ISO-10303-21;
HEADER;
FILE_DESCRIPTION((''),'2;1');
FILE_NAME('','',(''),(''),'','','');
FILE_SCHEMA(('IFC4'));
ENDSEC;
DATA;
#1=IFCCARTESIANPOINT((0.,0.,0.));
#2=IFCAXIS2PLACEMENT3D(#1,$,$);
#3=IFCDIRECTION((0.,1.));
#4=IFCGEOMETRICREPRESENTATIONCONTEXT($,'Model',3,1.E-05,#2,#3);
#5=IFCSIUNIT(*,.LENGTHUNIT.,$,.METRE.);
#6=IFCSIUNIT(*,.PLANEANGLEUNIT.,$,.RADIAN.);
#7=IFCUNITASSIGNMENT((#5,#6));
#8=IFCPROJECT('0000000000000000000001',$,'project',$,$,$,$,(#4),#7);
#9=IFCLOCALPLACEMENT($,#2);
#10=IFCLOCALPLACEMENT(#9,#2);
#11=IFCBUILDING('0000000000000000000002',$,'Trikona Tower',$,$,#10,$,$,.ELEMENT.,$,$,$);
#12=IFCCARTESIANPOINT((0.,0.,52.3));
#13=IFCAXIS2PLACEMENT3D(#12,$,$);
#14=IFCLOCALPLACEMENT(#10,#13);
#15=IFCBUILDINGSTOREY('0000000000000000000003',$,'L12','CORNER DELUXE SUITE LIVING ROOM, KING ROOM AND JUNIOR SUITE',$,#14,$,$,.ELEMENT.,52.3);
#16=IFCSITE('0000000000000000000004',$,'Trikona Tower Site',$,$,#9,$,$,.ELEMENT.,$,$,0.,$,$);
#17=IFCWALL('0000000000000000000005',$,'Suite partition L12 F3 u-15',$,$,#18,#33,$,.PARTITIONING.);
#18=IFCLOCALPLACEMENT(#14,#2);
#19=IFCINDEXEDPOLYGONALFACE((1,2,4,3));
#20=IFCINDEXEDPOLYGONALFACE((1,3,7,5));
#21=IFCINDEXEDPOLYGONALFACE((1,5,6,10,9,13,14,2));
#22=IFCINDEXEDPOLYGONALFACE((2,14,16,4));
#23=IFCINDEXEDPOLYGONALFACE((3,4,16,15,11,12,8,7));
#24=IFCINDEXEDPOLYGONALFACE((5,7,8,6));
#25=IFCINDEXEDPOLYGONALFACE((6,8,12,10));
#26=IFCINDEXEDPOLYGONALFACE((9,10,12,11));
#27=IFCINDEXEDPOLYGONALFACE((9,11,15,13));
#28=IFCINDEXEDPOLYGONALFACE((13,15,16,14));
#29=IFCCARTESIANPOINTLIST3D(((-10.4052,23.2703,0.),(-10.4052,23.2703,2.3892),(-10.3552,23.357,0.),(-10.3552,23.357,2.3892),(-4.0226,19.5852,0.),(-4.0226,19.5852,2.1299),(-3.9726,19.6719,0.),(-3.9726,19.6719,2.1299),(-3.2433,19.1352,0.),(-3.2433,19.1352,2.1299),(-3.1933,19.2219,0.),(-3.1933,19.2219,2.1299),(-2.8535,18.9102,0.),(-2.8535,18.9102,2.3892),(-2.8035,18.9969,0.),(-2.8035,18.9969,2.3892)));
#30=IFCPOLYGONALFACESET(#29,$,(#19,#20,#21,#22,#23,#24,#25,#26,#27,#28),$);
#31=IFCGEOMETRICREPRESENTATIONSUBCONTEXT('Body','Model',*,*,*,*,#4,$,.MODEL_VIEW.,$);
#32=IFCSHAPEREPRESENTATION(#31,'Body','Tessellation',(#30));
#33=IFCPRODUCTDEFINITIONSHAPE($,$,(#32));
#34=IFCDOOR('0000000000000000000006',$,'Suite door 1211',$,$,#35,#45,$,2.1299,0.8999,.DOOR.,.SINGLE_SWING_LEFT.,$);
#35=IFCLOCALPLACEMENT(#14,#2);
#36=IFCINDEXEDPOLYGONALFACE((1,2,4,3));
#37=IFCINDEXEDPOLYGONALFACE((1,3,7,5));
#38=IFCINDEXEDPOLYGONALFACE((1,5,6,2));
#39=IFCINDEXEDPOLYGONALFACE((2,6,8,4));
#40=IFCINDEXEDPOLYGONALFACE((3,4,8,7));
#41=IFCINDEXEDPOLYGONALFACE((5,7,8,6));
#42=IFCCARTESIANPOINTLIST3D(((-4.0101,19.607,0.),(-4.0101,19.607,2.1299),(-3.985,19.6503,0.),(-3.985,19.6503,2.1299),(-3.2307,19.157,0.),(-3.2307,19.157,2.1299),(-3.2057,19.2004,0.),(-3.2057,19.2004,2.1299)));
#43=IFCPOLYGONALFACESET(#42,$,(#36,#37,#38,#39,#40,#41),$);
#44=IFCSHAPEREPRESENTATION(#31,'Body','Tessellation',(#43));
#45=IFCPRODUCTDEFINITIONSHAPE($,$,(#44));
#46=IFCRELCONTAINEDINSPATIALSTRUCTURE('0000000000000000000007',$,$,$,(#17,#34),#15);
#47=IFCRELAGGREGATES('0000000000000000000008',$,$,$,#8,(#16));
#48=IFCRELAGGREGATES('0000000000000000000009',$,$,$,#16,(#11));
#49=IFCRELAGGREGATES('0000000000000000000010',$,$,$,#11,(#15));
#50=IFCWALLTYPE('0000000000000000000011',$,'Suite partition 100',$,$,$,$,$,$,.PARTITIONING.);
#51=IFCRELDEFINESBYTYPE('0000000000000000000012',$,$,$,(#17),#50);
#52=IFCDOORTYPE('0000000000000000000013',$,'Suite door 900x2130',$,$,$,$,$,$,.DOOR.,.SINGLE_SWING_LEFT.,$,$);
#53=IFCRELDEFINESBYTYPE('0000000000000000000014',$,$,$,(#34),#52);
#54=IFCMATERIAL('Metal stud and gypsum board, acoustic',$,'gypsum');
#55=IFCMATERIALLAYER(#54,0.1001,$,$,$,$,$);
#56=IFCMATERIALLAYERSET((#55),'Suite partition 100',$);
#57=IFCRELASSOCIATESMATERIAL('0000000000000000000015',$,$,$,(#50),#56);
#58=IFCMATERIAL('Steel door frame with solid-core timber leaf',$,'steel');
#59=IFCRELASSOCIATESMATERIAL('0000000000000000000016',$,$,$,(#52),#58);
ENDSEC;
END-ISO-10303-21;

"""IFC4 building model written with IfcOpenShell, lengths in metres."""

from ifc_helpers import new_model, si_unit, direction, frame, frame_2d, origin, place, context, subcontext, project, spatial, rectangle, extrude, material, layer, layer_set, type_object, element, fill, save


model = new_model("IFC4")

# Units and contexts
model_context = context("Model", 3, precision=1e-05, world=origin(), true_north=direction((0.0, 1.0)))
body_context = subcontext(model_context, "Body", "Model", "MODEL_VIEW")
ifc_project = project(units=[si_unit("LENGTHUNIT", "METRE"), si_unit("PLANEANGLEUNIT", "RADIAN")], contexts=[model_context])

# Site, building, storey
site_placement = place(None, origin())
site = spatial("IfcSite", under=ifc_project, at=site_placement, Name="Trikona Tower Site", CompositionType="ELEMENT", RefElevation=0.0)
building_placement = place(site_placement, origin())
building = spatial("IfcBuilding", under=site, at=building_placement, Name="Trikona Tower", CompositionType="ELEMENT")
storey_placement = place(building_placement, frame((0.0, 0.0, 52.3)))
storey = spatial("IfcBuildingStorey", under=building, at=storey_placement, Name="L12", Description="CORNER DELUXE SUITE LIVING ROOM, KING ROOM AND JUNIOR SUITE", CompositionType="ELEMENT", Elevation=52.3)

# Wall, opening, door
ifc_material_1 = material(Name="Metal stud and gypsum board, acoustic", Category="gypsum")
ifc_layer_1 = layer(ifc_material_1, 0.1001)
ifc_layer_set_1 = layer_set([ifc_layer_1], Name="Suite partition 100")
wall_type_1 = type_object("IfcWallType", Name="Suite partition 100", PredefinedType="PARTITIONING", material=ifc_layer_set_1)
wall_1_placement = place(storey_placement, frame((-2.8286, 18.9536, 0.0), z_axis=(0.0, 0.0, 1.0), x_axis=(-0.866021, 0.500008, 0.0)))
wall_1 = element("IfcWall", 1, at=wall_1_placement, inside=storey, type_object=wall_type_1, Name="Suite partition L12 F3 u-15", PredefinedType="PARTITIONING", context=body_context, shape_type="SweptSolid", body=[
    extrude(rectangle(XDim=8.72, YDim=0.1001, at=frame_2d((4.3599, 0.0))), origin(), (0.0, 0.0, 1.0), 2.3892),
])
opening_1_placement = place(wall_1_placement, frame((0.45, 0.0, 0.0)))
opening_1 = element("IfcOpeningElement", 2, at=opening_1_placement, cuts=wall_1, PredefinedType="OPENING", context=body_context, shape_type="SweptSolid", body=[
    extrude(rectangle(XDim=0.8999, YDim=2.1299, at=frame_2d((0.45, 1.0649))), frame((0.0, 0.0601, 0.0), z_axis=(0.0, -1.0, 0.0), x_axis=(1.0, 0.0, 0.0)), (0.0, 0.0, 1.0), 0.1201),
])
ifc_material_2 = material(Name="Steel door frame with solid-core timber leaf", Category="steel")
door_type_1 = type_object("IfcDoorType", Name="Suite door 900x2130", OperationType="SINGLE_SWING_LEFT", PredefinedType="DOOR", material=ifc_material_2)
door_1_placement = place(opening_1_placement, origin())
door_1 = element("IfcDoor", 3, at=door_1_placement, inside=storey, type_object=door_type_1, Name="Suite door 1211", OperationType="SINGLE_SWING_LEFT", OverallHeight=2.1299, OverallWidth=0.8999, PredefinedType="DOOR", context=body_context, shape_type="SweptSolid", body=[
    extrude(rectangle(XDim=0.8999, YDim=2.1299, at=frame_2d((0.45, 1.0649))), frame((0.0, 0.0249, 0.0), z_axis=(0.0, -1.0, 0.0), x_axis=(1.0, 0.0, 0.0)), (0.0, 0.0, 1.0), 0.05),
])
fill(opening_1, door_1)

save(model, "model.ifc")
